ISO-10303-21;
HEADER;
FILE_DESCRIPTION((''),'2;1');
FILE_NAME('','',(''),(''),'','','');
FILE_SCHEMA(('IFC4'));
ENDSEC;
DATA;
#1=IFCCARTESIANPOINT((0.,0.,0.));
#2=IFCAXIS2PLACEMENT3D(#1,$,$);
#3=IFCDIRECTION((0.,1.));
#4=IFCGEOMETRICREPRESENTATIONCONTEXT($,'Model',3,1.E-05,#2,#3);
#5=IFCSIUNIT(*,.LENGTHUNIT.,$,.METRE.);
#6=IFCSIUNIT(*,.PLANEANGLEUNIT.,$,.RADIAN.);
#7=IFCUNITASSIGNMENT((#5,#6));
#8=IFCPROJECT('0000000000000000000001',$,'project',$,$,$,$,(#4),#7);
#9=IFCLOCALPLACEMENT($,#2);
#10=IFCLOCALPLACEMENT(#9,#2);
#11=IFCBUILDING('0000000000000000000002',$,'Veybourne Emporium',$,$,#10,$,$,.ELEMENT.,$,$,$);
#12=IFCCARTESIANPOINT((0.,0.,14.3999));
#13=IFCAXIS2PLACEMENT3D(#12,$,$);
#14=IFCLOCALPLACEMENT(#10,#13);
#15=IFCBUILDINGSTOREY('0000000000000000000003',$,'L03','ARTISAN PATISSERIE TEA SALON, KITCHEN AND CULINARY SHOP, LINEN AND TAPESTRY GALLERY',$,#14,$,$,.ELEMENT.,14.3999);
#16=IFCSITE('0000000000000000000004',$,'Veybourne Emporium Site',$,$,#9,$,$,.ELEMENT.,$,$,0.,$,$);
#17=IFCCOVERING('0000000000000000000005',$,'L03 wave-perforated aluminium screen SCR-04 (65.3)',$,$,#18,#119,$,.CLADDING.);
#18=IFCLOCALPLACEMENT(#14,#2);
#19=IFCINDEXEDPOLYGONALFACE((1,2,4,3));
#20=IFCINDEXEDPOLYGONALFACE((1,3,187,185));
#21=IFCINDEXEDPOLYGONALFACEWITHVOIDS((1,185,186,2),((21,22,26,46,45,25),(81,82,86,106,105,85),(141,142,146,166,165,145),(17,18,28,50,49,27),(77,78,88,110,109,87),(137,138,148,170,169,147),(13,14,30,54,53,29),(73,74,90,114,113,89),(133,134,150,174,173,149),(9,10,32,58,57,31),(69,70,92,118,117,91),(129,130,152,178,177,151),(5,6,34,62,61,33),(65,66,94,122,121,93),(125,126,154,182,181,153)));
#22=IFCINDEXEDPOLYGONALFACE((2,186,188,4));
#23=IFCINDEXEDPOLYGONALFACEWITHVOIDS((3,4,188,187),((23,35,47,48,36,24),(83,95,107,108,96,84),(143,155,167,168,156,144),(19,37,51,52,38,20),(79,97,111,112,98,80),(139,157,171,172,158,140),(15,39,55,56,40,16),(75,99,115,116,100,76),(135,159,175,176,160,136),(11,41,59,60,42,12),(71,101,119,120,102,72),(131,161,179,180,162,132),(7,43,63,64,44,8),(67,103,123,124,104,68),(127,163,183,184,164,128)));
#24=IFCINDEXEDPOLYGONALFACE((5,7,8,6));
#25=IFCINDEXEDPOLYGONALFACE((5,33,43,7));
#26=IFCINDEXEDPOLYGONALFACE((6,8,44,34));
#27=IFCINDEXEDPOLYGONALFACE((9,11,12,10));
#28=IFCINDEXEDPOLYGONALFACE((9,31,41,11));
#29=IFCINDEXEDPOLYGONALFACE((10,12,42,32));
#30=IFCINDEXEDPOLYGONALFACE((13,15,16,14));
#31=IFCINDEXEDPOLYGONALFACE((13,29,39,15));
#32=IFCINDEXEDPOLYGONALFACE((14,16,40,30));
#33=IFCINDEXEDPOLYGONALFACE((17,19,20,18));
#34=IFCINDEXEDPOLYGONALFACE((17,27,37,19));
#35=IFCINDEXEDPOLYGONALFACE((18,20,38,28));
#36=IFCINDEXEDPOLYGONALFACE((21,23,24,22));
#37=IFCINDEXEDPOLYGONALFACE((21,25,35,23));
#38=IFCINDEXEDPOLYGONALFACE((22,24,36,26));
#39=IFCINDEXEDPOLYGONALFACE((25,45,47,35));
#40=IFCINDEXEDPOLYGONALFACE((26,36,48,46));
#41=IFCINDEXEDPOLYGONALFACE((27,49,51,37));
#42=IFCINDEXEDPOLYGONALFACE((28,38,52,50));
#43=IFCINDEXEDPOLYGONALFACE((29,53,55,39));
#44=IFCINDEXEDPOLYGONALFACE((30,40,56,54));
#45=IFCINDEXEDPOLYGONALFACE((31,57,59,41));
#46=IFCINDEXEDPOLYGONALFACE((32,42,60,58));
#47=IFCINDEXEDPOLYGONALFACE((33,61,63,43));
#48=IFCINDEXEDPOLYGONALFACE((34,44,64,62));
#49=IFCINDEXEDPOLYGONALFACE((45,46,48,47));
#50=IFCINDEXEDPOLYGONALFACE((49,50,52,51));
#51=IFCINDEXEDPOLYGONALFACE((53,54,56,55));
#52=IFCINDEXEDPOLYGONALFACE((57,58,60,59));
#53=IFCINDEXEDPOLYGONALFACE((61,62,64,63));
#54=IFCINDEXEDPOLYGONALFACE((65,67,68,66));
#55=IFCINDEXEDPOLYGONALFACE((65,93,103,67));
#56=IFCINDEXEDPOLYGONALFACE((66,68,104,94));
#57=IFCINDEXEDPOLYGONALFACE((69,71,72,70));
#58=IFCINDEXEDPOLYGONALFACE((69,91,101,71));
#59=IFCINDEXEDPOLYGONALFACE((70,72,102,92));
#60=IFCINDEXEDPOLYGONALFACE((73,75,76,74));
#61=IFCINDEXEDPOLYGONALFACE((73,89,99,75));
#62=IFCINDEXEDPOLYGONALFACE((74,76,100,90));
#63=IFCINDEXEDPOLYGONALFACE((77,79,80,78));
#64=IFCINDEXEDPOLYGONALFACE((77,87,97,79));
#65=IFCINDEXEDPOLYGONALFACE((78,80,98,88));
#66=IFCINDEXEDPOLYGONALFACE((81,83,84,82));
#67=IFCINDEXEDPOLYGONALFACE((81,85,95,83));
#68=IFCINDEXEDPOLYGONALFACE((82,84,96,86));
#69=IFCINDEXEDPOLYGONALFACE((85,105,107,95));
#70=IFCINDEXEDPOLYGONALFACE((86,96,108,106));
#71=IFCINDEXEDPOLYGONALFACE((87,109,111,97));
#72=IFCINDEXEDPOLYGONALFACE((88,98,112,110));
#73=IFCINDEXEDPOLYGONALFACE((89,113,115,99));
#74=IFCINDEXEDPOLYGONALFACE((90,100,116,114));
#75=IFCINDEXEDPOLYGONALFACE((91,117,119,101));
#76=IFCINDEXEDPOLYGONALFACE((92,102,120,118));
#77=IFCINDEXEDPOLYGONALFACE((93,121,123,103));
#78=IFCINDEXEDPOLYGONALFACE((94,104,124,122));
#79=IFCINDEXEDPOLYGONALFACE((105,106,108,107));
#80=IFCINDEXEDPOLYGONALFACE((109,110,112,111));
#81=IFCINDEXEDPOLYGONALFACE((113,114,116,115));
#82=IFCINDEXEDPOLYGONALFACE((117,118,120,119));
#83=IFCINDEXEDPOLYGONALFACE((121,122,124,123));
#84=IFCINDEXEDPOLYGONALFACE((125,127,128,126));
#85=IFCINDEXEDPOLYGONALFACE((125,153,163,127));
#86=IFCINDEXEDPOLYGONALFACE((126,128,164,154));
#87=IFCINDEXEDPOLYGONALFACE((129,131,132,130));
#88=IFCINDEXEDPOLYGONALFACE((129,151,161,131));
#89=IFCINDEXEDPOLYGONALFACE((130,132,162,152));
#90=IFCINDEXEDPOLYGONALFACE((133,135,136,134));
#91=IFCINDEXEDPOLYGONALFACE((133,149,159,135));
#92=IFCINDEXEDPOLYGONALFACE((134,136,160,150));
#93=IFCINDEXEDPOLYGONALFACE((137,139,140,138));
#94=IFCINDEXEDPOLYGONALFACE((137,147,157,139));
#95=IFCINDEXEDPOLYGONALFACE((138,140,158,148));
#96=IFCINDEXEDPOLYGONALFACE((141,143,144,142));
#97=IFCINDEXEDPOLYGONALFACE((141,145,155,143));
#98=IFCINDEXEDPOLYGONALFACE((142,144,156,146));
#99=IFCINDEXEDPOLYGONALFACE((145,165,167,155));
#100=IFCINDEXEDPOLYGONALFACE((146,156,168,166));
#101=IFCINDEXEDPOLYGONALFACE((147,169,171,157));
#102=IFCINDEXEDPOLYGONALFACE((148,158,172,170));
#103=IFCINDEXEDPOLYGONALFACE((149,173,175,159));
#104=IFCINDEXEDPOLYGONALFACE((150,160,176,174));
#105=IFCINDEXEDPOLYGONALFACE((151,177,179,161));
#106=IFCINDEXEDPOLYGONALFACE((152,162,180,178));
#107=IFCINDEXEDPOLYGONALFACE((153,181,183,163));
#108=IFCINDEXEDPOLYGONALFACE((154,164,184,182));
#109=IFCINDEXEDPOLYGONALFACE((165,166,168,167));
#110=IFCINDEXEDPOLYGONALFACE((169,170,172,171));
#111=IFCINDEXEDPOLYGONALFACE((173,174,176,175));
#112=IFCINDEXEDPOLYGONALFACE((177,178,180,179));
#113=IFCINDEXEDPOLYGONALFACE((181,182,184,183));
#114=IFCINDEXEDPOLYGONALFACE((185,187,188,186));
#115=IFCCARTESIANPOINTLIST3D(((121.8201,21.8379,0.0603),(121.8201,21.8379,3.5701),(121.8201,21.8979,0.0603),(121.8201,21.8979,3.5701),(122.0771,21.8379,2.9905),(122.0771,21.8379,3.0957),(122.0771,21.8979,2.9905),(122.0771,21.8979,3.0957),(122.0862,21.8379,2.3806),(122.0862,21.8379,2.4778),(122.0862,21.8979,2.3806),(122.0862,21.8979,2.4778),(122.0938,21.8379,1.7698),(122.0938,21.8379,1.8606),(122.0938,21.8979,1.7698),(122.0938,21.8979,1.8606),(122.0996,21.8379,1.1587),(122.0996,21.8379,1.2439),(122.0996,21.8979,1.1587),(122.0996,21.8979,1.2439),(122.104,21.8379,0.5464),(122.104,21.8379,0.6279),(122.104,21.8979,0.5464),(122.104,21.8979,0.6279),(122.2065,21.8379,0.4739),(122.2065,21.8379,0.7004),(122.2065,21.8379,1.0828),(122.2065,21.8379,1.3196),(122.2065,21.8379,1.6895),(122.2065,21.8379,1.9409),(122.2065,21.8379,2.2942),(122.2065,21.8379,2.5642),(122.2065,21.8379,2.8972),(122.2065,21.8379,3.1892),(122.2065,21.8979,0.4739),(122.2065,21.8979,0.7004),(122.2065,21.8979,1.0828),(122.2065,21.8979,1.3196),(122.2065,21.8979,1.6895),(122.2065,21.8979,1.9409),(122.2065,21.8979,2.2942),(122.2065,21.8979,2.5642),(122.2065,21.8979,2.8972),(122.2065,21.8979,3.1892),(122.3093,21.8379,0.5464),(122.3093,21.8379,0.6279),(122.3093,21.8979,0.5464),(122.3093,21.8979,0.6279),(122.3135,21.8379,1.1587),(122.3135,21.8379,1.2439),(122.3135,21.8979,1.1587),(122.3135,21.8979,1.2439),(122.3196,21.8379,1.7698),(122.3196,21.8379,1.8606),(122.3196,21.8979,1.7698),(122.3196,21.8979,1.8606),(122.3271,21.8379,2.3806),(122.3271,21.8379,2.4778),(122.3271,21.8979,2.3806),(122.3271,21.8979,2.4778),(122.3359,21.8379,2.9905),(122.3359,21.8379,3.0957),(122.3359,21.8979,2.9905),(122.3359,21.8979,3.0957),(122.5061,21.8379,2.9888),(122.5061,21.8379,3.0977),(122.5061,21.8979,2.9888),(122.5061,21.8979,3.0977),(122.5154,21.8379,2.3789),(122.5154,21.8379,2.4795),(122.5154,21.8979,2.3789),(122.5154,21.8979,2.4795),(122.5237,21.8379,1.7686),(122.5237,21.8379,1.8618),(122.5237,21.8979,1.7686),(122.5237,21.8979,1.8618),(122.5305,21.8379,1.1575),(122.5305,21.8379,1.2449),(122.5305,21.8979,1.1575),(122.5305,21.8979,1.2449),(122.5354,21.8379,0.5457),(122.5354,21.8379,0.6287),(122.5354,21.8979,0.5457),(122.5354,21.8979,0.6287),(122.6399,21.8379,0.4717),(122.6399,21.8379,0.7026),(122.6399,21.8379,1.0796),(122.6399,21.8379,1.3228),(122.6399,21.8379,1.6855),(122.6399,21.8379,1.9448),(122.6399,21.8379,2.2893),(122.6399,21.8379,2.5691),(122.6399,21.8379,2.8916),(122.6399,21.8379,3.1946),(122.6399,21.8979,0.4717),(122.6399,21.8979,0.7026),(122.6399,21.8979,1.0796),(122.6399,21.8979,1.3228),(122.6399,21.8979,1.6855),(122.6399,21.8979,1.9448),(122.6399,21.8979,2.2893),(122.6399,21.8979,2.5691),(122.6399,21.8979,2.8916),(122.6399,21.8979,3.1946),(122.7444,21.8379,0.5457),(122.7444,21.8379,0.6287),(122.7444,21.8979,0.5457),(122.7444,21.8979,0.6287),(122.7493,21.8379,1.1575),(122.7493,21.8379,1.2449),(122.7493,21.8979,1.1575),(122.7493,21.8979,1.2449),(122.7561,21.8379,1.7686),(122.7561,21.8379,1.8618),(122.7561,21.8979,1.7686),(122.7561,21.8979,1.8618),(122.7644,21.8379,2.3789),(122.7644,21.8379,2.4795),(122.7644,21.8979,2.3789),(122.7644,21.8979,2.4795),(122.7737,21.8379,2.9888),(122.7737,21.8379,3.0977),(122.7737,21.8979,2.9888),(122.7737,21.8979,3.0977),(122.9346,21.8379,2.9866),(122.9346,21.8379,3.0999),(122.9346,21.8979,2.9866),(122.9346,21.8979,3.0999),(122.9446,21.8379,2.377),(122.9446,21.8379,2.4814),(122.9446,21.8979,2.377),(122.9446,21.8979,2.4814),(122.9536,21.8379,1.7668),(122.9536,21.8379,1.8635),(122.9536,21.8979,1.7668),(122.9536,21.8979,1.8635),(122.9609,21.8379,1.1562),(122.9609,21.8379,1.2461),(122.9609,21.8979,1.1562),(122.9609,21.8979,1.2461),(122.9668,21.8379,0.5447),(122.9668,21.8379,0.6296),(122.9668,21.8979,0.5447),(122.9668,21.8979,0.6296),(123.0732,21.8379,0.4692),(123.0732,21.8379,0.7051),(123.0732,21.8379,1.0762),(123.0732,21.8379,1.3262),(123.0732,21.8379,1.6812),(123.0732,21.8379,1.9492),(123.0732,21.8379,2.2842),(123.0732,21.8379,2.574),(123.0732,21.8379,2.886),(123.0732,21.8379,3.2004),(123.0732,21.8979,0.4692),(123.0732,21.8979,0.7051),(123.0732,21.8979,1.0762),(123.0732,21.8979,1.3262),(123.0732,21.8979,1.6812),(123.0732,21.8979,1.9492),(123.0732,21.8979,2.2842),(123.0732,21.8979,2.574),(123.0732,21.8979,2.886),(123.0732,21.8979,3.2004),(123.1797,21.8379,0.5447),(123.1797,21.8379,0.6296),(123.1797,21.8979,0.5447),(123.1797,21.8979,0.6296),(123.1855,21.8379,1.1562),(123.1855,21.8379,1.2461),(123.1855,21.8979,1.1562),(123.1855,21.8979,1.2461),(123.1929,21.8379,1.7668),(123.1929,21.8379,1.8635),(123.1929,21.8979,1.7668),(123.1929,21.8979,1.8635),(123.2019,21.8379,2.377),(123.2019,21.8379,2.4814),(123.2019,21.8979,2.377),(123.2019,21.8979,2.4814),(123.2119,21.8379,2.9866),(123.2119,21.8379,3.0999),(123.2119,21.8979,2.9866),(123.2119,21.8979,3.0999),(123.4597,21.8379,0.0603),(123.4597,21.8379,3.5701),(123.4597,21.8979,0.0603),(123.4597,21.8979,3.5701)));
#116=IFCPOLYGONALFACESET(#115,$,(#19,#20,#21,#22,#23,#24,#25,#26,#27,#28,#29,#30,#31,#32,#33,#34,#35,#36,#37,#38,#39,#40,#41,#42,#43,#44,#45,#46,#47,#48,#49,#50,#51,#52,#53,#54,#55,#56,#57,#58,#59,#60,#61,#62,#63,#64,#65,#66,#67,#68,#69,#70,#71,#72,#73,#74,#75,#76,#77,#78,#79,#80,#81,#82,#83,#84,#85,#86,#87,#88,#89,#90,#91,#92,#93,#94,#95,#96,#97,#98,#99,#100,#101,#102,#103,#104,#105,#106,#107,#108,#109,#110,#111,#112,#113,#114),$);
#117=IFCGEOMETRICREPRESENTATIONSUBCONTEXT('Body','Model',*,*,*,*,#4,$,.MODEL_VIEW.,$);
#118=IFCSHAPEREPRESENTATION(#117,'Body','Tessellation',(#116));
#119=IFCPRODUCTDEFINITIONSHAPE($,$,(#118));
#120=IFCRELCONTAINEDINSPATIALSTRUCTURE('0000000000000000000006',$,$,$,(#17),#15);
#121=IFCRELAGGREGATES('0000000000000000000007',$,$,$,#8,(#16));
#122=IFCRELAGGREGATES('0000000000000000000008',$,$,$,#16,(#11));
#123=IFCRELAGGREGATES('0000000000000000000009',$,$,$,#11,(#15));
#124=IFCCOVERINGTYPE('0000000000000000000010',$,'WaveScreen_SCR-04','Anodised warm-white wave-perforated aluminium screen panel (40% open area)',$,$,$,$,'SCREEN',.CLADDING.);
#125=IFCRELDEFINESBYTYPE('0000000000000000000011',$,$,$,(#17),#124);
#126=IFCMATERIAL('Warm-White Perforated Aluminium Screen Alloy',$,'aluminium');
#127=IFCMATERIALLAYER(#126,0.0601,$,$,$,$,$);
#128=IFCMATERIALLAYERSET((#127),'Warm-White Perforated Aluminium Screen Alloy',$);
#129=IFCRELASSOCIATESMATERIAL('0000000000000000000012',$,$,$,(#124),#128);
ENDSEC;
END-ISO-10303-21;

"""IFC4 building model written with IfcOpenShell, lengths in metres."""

from ifc_helpers import new_model, si_unit, direction, frame, origin, place, context, subcontext, project, spatial, polyline, outline, extrude, material, layer, layer_set, type_object, element, save


model = new_model("IFC4")

# Units and contexts
model_context = context("Model", 3, precision=1e-05, world=origin(), true_north=direction((0.0, 1.0)))
body_context = subcontext(model_context, "Body", "Model", "MODEL_VIEW")
ifc_project = project(units=[si_unit("LENGTHUNIT", "METRE"), si_unit("PLANEANGLEUNIT", "RADIAN")], contexts=[model_context])

# Site, building, storey
site_placement = place(None, origin())
site = spatial("IfcSite", under=ifc_project, at=site_placement, Name="Veybourne Emporium Site", CompositionType="ELEMENT", RefElevation=0.0)
building_placement = place(site_placement, origin())
building = spatial("IfcBuilding", under=site, at=building_placement, Name="Veybourne Emporium", CompositionType="ELEMENT")
storey_placement = place(building_placement, frame((0.0, 0.0, 14.3999)))
storey = spatial("IfcBuildingStorey", under=building, at=storey_placement, Name="L03", Description="ARTISAN PATISSERIE TEA SALON, KITCHEN AND CULINARY SHOP, LINEN AND TAPESTRY GALLERY", CompositionType="ELEMENT", Elevation=14.3999)

# Covering
ifc_material_1 = material(Name="Warm-White Perforated Aluminium Screen Alloy", Category="aluminium")
ifc_layer_1 = layer(ifc_material_1, 0.0601)
ifc_layer_set_1 = layer_set([ifc_layer_1], Name="Warm-White Perforated Aluminium Screen Alloy")
covering_type_1 = type_object("IfcCoveringType", Name="WaveScreen_SCR-04", Description="Anodised warm-white wave-perforated aluminium screen panel (40% open area)", ElementType="SCREEN", PredefinedType="CLADDING", material=ifc_layer_set_1)
covering_1_placement = place(storey_placement, frame((122.6399, 21.8979, 1.8152), z_axis=(0.0, -1.0, 0.0), x_axis=(1.0, 0.0, 0.0)))
element("IfcCovering", 1, at=covering_1_placement, inside=storey, type_object=covering_type_1, Name="L03 wave-perforated aluminium screen SCR-04 (65.3)", PredefinedType="CLADDING", context=body_context, shape_type="SweptSolid", body=[
    extrude(outline(polyline([(-0.8198, -1.7549), (0.8198, -1.7549), (0.8198, 1.7549), (-0.8198, 1.7549), (-0.8198, -1.7549)]), holes=[polyline([(-0.4333, -1.1147), (-0.3306, -1.1873), (-0.3306, -1.2688), (-0.4333, -1.3413), (-0.5359, -1.2688), (-0.5359, -1.1873), (-0.4333, -1.1147)]), polyline([(-0.4333, -0.4956), (-0.3264, -0.5713), (-0.3264, -0.6565), (-0.4333, -0.7324), (-0.5403, -0.6565), (-0.5403, -0.5713), (-0.4333, -0.4956)]), polyline([(-0.4333, 0.1257), (-0.3203, 0.0454), (-0.3203, -0.0454), (-0.4333, -0.1257), (-0.5461, -0.0454), (-0.5461, 0.0454), (-0.4333, 0.1257)]), polyline([(-0.4333, 0.749), (-0.3127, 0.6626), (-0.3127, 0.5654), (-0.4333, 0.479), (-0.5537, 0.5654), (-0.5537, 0.6626), (-0.4333, 0.749)]), polyline([(-0.4333, 1.374), (-0.304, 1.2805), (-0.304, 1.1753), (-0.4333, 1.082), (-0.5627, 1.1753), (-0.5627, 1.2805), (-0.4333, 1.374)]), polyline([(0.0, -1.1125), (0.1045, -1.1865), (0.1045, -1.2695), (0.0, -1.3435), (-0.1045, -1.2695), (-0.1045, -1.1865), (0.0, -1.1125)]), polyline([(0.0, -0.4924), (0.1094, -0.5703), (0.1094, -0.6577), (0.0, -0.7356), (-0.1094, -0.6577), (-0.1094, -0.5703), (0.0, -0.4924)]), polyline([(0.0, 0.1296), (0.1162, 0.0466), (0.1162, -0.0466), (0.0, -0.1296), (-0.1162, -0.0466), (-0.1162, 0.0466), (0.0, 0.1296)]), polyline([(0.0, 0.7539), (0.1245, 0.6643), (0.1245, 0.5637), (0.0, 0.4741), (-0.1245, 0.5637), (-0.1245, 0.6643), (0.0, 0.7539)]), polyline([(0.0, 1.3794), (0.1338, 1.2825), (0.1338, 1.1736), (0.0, 1.0764), (-0.1338, 1.1736), (-0.1338, 1.2825), (0.0, 1.3794)]), polyline([(0.4333, -1.1101), (0.5398, -1.1855), (0.5398, -1.2705), (0.4333, -1.3459), (0.3269, -1.2705), (0.3269, -1.1855), (0.4333, -1.1101)]), polyline([(0.4333, -0.489), (0.5457, -0.5691), (0.5457, -0.6589), (0.4333, -0.739), (0.321, -0.6589), (0.321, -0.5691), (0.4333, -0.489)]), polyline([(0.4333, 0.134), (0.553, 0.0483), (0.553, -0.0483), (0.4333, -0.134), (0.3137, -0.0483), (0.3137, 0.0483), (0.4333, 0.134)]), polyline([(0.4333, 0.7588), (0.562, 0.6663), (0.562, 0.5618), (0.4333, 0.469), (0.3047, 0.5618), (0.3047, 0.6663), (0.4333, 0.7588)]), polyline([(0.4333, 1.3853), (0.572, 1.2847), (0.572, 1.1714), (0.4333, 1.0708), (0.2947, 1.1714), (0.2947, 1.2847), (0.4333, 1.3853)])]), origin(), (0.0, 0.0, 1.0), 0.0601),
])

save(model, "model.ifc")
